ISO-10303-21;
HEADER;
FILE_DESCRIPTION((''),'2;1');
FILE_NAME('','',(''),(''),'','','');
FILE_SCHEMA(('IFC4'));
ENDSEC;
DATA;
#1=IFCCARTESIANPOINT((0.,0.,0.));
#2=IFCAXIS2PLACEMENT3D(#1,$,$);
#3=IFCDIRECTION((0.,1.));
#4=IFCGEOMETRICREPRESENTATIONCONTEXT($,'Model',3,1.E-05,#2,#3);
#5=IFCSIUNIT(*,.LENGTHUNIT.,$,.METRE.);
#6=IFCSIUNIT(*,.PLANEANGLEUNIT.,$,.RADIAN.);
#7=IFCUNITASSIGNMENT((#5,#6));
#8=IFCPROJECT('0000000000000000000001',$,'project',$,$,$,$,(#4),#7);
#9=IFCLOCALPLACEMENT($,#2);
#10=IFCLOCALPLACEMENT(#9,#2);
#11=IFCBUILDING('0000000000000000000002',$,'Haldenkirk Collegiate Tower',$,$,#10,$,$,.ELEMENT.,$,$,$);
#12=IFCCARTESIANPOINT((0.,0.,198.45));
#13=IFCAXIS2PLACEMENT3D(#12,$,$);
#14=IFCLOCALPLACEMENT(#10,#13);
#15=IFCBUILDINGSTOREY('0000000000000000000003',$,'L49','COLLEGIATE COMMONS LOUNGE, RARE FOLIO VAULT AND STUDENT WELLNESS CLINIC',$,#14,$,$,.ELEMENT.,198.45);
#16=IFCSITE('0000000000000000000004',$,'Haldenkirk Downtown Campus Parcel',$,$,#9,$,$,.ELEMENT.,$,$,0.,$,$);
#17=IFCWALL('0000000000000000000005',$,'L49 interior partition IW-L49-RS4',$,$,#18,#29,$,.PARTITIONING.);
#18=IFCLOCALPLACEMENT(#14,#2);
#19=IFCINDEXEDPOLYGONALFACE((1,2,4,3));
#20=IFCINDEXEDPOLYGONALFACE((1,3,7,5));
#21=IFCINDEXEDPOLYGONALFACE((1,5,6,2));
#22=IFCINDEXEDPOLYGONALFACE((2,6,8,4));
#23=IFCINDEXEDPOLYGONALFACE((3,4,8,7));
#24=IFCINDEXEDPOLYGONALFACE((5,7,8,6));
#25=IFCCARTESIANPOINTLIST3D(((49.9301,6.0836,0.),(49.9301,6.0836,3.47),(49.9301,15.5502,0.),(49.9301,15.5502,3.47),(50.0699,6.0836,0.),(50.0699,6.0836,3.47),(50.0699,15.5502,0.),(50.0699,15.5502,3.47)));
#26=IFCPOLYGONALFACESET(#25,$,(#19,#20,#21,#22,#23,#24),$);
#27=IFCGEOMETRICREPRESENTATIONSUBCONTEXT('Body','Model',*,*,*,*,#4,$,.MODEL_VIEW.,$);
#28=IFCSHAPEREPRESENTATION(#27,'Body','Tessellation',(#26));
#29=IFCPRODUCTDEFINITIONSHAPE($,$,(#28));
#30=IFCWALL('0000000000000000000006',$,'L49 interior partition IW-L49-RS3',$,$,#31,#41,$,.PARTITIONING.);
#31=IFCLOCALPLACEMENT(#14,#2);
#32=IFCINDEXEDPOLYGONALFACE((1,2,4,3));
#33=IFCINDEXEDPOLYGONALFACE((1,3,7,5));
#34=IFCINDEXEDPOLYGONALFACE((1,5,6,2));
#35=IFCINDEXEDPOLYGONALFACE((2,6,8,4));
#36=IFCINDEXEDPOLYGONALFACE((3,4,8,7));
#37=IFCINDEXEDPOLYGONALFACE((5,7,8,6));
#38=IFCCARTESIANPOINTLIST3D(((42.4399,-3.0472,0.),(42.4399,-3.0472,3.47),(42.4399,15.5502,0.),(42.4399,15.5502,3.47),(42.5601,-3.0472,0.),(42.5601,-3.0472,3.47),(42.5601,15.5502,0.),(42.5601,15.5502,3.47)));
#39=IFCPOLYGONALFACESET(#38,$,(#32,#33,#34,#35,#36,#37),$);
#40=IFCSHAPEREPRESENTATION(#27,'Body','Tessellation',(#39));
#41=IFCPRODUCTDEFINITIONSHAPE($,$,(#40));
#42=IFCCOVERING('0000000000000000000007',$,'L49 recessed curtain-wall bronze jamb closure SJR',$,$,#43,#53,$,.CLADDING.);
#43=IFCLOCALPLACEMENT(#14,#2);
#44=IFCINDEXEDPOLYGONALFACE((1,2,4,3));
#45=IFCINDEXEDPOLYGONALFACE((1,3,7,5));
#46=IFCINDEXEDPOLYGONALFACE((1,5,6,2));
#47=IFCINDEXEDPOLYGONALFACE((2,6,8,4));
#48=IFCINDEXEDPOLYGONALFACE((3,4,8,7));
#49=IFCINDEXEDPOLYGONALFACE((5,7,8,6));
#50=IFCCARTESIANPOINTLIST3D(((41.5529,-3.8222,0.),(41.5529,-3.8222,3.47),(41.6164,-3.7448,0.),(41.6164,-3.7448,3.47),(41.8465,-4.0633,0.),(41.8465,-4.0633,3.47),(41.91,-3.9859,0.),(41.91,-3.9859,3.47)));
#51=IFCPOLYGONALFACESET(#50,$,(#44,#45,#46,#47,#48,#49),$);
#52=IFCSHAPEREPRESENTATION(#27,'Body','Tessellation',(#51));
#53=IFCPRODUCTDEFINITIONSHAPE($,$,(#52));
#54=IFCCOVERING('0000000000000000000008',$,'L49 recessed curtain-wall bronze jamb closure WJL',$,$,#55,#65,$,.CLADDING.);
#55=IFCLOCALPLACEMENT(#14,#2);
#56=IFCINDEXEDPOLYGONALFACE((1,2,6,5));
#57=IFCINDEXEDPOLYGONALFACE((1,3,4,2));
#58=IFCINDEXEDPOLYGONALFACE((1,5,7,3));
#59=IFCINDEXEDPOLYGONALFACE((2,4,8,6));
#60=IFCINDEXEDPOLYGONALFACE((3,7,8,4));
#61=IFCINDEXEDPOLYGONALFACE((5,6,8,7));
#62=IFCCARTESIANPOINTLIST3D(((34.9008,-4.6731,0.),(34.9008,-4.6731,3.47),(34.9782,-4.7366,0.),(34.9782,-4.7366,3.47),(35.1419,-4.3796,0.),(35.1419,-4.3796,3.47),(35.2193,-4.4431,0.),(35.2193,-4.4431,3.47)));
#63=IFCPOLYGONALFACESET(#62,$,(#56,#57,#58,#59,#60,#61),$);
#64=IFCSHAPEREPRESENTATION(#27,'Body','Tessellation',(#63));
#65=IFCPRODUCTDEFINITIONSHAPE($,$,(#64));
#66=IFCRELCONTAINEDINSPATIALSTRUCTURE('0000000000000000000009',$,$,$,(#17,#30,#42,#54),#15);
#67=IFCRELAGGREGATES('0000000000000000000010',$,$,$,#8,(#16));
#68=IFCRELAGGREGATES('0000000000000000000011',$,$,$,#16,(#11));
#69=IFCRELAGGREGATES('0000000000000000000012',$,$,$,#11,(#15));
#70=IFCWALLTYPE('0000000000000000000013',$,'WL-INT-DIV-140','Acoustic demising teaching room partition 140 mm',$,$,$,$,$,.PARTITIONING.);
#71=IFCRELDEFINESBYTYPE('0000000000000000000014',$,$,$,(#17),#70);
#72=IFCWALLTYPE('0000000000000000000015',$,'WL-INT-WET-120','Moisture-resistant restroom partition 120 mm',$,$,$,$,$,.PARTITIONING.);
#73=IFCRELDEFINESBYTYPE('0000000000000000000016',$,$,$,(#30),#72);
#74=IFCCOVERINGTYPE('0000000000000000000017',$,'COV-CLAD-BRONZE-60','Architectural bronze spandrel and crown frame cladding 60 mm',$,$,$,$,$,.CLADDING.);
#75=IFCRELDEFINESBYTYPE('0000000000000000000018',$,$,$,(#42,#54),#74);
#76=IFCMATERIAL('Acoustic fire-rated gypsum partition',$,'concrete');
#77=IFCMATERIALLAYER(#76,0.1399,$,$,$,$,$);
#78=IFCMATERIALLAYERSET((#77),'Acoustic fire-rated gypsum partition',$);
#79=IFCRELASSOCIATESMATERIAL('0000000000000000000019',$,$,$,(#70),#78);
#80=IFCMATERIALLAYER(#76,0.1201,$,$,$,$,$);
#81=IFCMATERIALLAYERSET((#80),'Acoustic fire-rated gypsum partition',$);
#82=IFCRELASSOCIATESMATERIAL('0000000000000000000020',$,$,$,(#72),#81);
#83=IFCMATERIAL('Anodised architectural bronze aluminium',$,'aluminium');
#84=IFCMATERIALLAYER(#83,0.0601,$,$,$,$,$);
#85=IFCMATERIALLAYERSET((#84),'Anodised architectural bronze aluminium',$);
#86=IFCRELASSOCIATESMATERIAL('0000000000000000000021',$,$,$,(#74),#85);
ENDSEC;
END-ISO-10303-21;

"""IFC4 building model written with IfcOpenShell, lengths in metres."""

from ifc_helpers import new_model, si_unit, direction, frame, frame_2d, origin, origin_2d, place, context, subcontext, project, spatial, rectangle, extrude, source, transform, mapped, material, layer, layer_set, type_object, element, save


model = new_model("IFC4")

# Units and contexts
model_context = context("Model", 3, precision=1e-05, world=origin(), true_north=direction((0.0, 1.0)))
body_context = subcontext(model_context, "Body", "Model", "MODEL_VIEW")
ifc_project = project(units=[si_unit("LENGTHUNIT", "METRE"), si_unit("PLANEANGLEUNIT", "RADIAN")], contexts=[model_context])

# Site, building, storey
site_placement = place(None, origin())
site = spatial("IfcSite", under=ifc_project, at=site_placement, Name="Haldenkirk Downtown Campus Parcel", CompositionType="ELEMENT", RefElevation=0.0)
building_placement = place(site_placement, origin())
building = spatial("IfcBuilding", under=site, at=building_placement, Name="Haldenkirk Collegiate Tower", CompositionType="ELEMENT")
storey_placement = place(building_placement, frame((0.0, 0.0, 198.45)))
storey = spatial("IfcBuildingStorey", under=building, at=storey_placement, Name="L49", Description="COLLEGIATE COMMONS LOUNGE, RARE FOLIO VAULT AND STUDENT WELLNESS CLINIC", CompositionType="ELEMENT", Elevation=198.45)

# Shared definitions
ifc_material_1 = material(Name="Anodised architectural bronze aluminium", Category="aluminium")

# Walls
ifc_material_2 = material(Name="Acoustic fire-rated gypsum partition", Category="concrete")
ifc_layer_1 = layer(ifc_material_2, 0.1399)
ifc_layer_set_1 = layer_set([ifc_layer_1], Name="Acoustic fire-rated gypsum partition")
wall_type_1 = type_object("IfcWallType", Name="WL-INT-DIV-140", Description="Acoustic demising teaching room partition 140 mm", PredefinedType="PARTITIONING", material=ifc_layer_set_1)
wall_1_placement = place(storey_placement, frame((50.0, 6.0835, 0.0), z_axis=(0.0, 0.0, 1.0), x_axis=(0.0, 1.0, 0.0)))
element("IfcWall", 1, at=wall_1_placement, inside=storey, type_object=wall_type_1, Name="L49 interior partition IW-L49-RS4", PredefinedType="PARTITIONING", context=body_context, shape_type="SweptSolid", body=[
    extrude(rectangle(XDim=9.4666, YDim=0.1399, at=frame_2d((4.7334, 0.0))), origin(), (0.0, 0.0, 1.0), 3.47),
])
ifc_layer_2 = layer(ifc_material_2, 0.1201)
ifc_layer_set_2 = layer_set([ifc_layer_2], Name="Acoustic fire-rated gypsum partition")
wall_type_2 = type_object("IfcWallType", Name="WL-INT-WET-120", Description="Moisture-resistant restroom partition 120 mm", PredefinedType="PARTITIONING", material=ifc_layer_set_2)
wall_2_placement = place(storey_placement, frame((42.5, -3.0474, 0.0), z_axis=(0.0, 0.0, 1.0), x_axis=(0.0, 1.0, 0.0)))
element("IfcWall", 2, at=wall_2_placement, inside=storey, type_object=wall_type_2, Name="L49 interior partition IW-L49-RS3", PredefinedType="PARTITIONING", context=body_context, shape_type="SweptSolid", body=[
    extrude(rectangle(XDim=18.5974, YDim=0.1201, at=frame_2d((9.2988, 0.0))), origin(), (0.0, 0.0, 1.0), 3.47),
])

# Coverings
ifc_layer_3 = layer(ifc_material_1, 0.0601)
ifc_layer_set_3 = layer_set([ifc_layer_3], Name="Anodised architectural bronze aluminium")
covering_type = type_object("IfcCoveringType", Name="COV-CLAD-BRONZE-60", Description="Architectural bronze spandrel and crown frame cladding 60 mm", PredefinedType="CLADDING", material=ifc_layer_set_3)
shared_shape_1 = source(origin(), body_context, "Body", "SweptSolid", [
    extrude(rectangle(XDim=0.1001, YDim=0.3799, at=origin_2d()), origin(), (0.0, 0.0, 1.0), 3.47),
])
for number, where, z_axis, x_axis, name in (
    (3, (41.7314, -3.9041, 0.0), (0.0, 0.0, 1.0), (-0.634731, -0.772734, 0.0), "L49 recessed curtain-wall bronze jamb closure SJR"),
    (4, (35.0601, -4.5581, 0.0), (0.0, 0.0, 1.0), (-0.772734, 0.634731, 0.0), "L49 recessed curtain-wall bronze jamb closure WJL"),
):
    element("IfcCovering", number, at=place(storey_placement, frame(where, z_axis=z_axis, x_axis=x_axis)), inside=storey, type_object=covering_type, Name=name, PredefinedType="CLADDING", context=body_context, shape_type="MappedRepresentation", body=[
        mapped(shared_shape_1, transform((0.0, 0.0, 0.0), x_axis=(1.0, 0.0, 0.0), y_axis=(0.0, 1.0, 0.0), z_axis=(0.0, 0.0, 1.0), scale=1.0)),
    ])

save(model, "model.ifc")
